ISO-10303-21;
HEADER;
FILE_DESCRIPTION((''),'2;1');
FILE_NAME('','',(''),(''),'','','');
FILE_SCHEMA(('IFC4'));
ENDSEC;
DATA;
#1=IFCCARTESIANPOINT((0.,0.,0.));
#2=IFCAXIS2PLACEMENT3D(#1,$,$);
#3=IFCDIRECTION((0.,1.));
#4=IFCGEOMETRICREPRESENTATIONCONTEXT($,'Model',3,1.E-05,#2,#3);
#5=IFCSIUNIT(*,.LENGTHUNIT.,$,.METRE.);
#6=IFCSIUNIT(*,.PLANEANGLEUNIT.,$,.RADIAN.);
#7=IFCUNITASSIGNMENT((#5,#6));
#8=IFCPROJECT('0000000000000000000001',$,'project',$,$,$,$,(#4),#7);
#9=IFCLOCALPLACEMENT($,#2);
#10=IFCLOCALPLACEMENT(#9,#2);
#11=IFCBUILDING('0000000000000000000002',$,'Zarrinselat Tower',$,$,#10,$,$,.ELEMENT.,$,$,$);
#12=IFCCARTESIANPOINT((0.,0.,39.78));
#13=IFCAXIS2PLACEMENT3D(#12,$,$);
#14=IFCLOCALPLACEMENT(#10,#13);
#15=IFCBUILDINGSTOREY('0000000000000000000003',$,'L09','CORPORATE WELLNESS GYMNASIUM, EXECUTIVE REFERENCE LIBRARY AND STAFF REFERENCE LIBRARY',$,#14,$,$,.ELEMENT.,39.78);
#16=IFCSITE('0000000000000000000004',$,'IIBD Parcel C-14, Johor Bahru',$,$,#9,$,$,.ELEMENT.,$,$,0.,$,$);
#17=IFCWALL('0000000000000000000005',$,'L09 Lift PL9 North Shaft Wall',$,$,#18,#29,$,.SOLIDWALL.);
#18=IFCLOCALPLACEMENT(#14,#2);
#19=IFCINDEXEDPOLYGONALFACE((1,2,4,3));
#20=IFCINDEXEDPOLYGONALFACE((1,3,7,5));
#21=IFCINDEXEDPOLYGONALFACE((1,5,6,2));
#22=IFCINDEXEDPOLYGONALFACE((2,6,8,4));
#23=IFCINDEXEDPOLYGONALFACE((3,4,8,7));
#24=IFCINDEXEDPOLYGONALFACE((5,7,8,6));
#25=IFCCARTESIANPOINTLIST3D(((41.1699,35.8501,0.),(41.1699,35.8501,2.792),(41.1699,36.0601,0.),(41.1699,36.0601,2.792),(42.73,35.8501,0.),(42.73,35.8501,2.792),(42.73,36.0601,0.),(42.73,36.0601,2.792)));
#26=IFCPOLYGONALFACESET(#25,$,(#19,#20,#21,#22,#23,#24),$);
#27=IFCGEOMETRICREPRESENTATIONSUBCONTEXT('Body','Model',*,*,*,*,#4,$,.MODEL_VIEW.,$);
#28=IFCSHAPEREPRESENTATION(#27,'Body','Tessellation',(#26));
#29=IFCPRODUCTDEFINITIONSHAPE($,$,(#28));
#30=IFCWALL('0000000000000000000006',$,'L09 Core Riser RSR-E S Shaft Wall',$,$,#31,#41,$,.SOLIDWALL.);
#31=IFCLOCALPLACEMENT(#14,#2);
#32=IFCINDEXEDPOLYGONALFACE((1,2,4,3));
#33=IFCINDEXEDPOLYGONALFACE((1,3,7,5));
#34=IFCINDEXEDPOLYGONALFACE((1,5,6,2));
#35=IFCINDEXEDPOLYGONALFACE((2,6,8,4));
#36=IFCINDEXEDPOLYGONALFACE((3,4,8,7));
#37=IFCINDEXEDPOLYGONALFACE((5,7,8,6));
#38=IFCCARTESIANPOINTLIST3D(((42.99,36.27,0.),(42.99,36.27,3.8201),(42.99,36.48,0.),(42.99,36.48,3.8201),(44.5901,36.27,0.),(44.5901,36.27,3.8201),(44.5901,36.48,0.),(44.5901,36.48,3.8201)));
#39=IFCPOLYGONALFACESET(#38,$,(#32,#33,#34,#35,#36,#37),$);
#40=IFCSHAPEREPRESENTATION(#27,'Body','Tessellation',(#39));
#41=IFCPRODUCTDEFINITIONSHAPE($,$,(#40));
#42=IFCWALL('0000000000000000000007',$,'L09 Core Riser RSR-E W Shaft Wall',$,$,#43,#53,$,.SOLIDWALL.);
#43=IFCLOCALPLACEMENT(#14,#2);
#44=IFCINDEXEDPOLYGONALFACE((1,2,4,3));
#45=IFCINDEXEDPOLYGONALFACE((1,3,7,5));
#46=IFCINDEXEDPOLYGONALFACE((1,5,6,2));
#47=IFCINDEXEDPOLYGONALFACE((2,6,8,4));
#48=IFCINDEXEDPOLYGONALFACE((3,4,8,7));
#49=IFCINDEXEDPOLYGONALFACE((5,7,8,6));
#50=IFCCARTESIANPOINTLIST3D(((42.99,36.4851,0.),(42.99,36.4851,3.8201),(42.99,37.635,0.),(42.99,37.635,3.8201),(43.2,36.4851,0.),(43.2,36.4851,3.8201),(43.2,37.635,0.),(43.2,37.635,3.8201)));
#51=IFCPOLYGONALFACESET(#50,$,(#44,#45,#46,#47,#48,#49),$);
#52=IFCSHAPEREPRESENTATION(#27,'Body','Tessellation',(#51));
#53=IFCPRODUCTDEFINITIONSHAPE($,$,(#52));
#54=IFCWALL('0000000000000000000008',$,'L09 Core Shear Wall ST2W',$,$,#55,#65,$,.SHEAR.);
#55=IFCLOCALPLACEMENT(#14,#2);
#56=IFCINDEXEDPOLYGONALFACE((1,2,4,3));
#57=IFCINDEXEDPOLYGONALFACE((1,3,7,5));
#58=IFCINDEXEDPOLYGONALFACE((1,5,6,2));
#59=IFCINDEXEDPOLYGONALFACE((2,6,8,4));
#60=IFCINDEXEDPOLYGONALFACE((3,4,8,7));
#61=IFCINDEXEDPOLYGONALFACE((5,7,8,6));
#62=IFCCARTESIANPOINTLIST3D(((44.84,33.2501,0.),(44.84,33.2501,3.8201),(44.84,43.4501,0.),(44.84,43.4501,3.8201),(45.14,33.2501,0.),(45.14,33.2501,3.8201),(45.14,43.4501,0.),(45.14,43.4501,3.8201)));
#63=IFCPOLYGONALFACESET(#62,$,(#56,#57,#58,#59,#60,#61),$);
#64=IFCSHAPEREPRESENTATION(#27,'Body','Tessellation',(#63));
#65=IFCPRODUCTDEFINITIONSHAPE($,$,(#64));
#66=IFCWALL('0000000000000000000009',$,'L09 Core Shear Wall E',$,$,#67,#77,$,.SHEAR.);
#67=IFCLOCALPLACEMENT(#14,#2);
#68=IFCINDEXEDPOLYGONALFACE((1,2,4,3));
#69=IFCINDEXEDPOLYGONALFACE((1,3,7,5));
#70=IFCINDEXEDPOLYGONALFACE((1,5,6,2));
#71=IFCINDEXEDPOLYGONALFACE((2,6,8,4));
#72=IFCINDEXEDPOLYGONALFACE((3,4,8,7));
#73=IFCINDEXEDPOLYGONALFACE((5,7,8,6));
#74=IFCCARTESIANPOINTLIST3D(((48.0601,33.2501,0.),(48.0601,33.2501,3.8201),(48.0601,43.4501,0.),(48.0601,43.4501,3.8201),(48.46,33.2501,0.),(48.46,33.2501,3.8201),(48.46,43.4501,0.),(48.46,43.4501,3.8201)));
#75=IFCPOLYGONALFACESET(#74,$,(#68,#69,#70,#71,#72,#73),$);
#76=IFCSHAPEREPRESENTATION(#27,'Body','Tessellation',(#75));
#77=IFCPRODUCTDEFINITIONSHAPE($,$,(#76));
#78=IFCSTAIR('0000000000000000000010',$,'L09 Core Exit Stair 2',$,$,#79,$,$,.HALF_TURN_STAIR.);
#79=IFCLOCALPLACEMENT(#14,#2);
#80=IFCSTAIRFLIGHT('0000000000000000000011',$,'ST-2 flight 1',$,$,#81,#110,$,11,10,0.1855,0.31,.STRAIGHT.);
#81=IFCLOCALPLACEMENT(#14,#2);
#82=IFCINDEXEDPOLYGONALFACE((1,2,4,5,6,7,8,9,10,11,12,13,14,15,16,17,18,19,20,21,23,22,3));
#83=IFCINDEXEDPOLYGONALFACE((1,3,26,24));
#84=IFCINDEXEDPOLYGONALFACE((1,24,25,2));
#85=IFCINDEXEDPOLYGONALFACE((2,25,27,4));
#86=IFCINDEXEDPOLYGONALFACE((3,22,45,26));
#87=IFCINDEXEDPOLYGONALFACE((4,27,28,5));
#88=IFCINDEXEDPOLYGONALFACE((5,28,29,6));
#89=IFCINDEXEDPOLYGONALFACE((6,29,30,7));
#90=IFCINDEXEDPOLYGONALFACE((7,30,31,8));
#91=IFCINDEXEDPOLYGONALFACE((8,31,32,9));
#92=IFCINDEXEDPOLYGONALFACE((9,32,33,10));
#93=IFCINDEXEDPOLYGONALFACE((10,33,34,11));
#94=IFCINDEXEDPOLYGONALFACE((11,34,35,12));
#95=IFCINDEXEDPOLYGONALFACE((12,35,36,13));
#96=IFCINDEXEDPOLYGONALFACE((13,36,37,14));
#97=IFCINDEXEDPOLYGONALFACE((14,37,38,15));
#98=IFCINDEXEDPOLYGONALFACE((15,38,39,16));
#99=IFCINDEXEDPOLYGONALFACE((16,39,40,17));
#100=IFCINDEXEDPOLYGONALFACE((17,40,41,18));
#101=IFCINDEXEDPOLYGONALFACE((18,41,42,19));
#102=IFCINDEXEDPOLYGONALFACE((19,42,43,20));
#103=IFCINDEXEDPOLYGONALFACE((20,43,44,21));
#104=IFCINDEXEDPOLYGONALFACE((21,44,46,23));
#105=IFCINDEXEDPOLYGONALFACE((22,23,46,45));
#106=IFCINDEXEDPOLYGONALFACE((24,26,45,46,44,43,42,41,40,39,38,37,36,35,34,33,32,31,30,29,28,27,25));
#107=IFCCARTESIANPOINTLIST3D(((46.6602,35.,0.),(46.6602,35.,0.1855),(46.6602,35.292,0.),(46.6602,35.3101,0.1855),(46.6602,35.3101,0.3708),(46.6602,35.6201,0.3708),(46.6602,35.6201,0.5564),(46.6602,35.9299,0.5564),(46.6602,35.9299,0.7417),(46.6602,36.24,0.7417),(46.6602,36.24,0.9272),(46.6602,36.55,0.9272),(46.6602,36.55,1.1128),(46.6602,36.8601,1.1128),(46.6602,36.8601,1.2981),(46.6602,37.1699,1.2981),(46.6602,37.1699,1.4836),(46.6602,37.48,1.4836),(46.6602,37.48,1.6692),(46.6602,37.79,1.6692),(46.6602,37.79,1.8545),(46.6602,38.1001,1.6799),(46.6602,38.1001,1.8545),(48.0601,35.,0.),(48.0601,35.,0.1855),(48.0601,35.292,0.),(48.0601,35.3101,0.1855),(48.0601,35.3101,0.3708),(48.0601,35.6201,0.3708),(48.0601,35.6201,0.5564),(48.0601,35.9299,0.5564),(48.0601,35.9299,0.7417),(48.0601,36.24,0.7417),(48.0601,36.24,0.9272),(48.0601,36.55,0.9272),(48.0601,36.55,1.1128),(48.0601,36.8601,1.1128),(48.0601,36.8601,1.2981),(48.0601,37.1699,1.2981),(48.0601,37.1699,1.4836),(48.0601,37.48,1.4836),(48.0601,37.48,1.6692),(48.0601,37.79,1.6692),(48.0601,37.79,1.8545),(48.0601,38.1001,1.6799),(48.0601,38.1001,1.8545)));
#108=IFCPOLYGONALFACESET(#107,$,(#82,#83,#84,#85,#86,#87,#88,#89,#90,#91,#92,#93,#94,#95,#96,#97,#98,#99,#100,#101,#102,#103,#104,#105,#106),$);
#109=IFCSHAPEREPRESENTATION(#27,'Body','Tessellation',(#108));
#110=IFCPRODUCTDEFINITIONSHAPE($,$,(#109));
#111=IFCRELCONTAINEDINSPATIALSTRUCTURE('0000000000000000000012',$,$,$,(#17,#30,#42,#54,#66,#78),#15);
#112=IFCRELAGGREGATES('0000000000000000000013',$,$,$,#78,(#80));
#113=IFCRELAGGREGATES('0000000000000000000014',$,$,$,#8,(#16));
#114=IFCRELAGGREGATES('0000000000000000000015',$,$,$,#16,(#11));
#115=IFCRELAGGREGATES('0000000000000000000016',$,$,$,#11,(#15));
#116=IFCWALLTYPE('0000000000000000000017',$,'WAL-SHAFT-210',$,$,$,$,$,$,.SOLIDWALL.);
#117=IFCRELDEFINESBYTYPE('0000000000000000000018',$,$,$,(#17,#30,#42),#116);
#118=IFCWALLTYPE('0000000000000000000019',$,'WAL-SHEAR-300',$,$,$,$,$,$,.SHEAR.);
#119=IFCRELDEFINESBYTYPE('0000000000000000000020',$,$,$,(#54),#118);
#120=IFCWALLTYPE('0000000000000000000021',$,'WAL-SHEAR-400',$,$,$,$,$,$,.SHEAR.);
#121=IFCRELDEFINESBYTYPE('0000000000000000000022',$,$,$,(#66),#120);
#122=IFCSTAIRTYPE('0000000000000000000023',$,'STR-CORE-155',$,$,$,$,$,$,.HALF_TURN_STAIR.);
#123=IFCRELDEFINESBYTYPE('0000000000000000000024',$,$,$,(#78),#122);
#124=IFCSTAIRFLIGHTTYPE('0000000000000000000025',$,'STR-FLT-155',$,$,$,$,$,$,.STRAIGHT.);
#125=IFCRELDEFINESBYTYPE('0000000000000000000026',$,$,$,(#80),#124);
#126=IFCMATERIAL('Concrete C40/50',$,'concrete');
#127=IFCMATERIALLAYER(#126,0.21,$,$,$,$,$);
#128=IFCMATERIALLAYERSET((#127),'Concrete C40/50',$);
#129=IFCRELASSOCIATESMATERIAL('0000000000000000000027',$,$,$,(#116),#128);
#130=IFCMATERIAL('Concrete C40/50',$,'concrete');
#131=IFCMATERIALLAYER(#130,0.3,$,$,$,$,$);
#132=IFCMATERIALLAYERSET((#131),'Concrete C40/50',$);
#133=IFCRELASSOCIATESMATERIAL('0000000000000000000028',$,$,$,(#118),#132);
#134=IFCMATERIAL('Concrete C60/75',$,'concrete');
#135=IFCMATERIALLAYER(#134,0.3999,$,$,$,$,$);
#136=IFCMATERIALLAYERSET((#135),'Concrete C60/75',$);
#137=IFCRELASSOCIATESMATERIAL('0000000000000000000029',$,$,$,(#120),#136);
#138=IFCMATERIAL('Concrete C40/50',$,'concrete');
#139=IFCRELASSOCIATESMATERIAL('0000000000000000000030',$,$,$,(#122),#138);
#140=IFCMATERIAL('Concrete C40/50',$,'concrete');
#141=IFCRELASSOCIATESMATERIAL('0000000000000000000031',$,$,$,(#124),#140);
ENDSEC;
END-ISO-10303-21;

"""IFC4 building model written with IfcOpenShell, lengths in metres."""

from ifc_helpers import new_model, si_unit, direction, frame, frame_2d, origin, place, context, subcontext, project, spatial, polyline, rectangle, outline, extrude, material, layer, layer_set, type_object, element, aggregate, save


model = new_model("IFC4")

# Units and contexts
model_context = context("Model", 3, precision=1e-05, world=origin(), true_north=direction((0.0, 1.0)))
body_context = subcontext(model_context, "Body", "Model", "MODEL_VIEW")
ifc_project = project(units=[si_unit("LENGTHUNIT", "METRE"), si_unit("PLANEANGLEUNIT", "RADIAN")], contexts=[model_context])

# Site, building, storey
site_placement = place(None, origin())
site = spatial("IfcSite", under=ifc_project, at=site_placement, Name="IIBD Parcel C-14, Johor Bahru", CompositionType="ELEMENT", RefElevation=0.0)
building_placement = place(site_placement, origin())
building = spatial("IfcBuilding", under=site, at=building_placement, Name="Zarrinselat Tower", CompositionType="ELEMENT")
storey_placement = place(building_placement, frame((0.0, 0.0, 39.78)))
storey = spatial("IfcBuildingStorey", under=building, at=storey_placement, Name="L09", Description="CORPORATE WELLNESS GYMNASIUM, EXECUTIVE REFERENCE LIBRARY AND STAFF REFERENCE LIBRARY", CompositionType="ELEMENT", Elevation=39.78)

# Walls
ifc_material_1 = material(Name="Concrete C40/50", Category="concrete")
ifc_layer_1 = layer(ifc_material_1, 0.21)
ifc_layer_set_1 = layer_set([ifc_layer_1], Name="Concrete C40/50")
wall_type_1 = type_object("IfcWallType", Name="WAL-SHAFT-210", PredefinedType="SOLIDWALL", material=ifc_layer_set_1)
wall_1_placement = place(storey_placement, frame((41.1699, 35.9551, 0.0), z_axis=(0.0, 0.0, 1.0), x_axis=(1.0, 0.0, 0.0)))
element("IfcWall", 1, at=wall_1_placement, inside=storey, type_object=wall_type_1, Name="L09 Lift PL9 North Shaft Wall", PredefinedType="SOLIDWALL", context=body_context, shape_type="SweptSolid", body=[
    extrude(rectangle(XDim=1.5601, YDim=0.21, at=frame_2d((0.78, 0.0))), origin(), (0.0, 0.0, 1.0), 2.792),
])
wall_2_placement = place(storey_placement, frame((42.99, 36.375, 0.0), z_axis=(0.0, 0.0, 1.0), x_axis=(1.0, 0.0, 0.0)))
element("IfcWall", 2, at=wall_2_placement, inside=storey, type_object=wall_type_1, Name="L09 Core Riser RSR-E S Shaft Wall", PredefinedType="SOLIDWALL", context=body_context, shape_type="SweptSolid", body=[
    extrude(rectangle(XDim=1.6001, YDim=0.21, at=frame_2d((0.8, 0.0))), origin(), (0.0, 0.0, 1.0), 3.8201),
])
wall_3_placement = place(storey_placement, frame((43.095, 36.4851, 0.0), z_axis=(0.0, 0.0, 1.0), x_axis=(0.0, 1.0, 0.0)))
element("IfcWall", 3, at=wall_3_placement, inside=storey, type_object=wall_type_1, Name="L09 Core Riser RSR-E W Shaft Wall", PredefinedType="SOLIDWALL", context=body_context, shape_type="SweptSolid", body=[
    extrude(rectangle(XDim=1.1499, YDim=0.21, at=frame_2d((0.575, 0.0))), origin(), (0.0, 0.0, 1.0), 3.8201),
])
ifc_material_2 = material(Name="Concrete C40/50", Category="concrete")
ifc_layer_2 = layer(ifc_material_2, 0.3)
ifc_layer_set_2 = layer_set([ifc_layer_2], Name="Concrete C40/50")
wall_type_2 = type_object("IfcWallType", Name="WAL-SHEAR-300", PredefinedType="SHEAR", material=ifc_layer_set_2)
wall_4_placement = place(storey_placement, frame((44.99, 33.25, 0.0), z_axis=(0.0, 0.0, 1.0), x_axis=(0.0, 1.0, 0.0)))
element("IfcWall", 4, at=wall_4_placement, inside=storey, type_object=wall_type_2, Name="L09 Core Shear Wall ST2W", PredefinedType="SHEAR", context=body_context, shape_type="SweptSolid", body=[
    extrude(rectangle(XDim=10.2, YDim=0.3, at=frame_2d((5.1001, 0.0))), origin(), (0.0, 0.0, 1.0), 3.8201),
])
ifc_material_3 = material(Name="Concrete C60/75", Category="concrete")
ifc_layer_3 = layer(ifc_material_3, 0.3999)
ifc_layer_set_3 = layer_set([ifc_layer_3], Name="Concrete C60/75")
wall_type_3 = type_object("IfcWallType", Name="WAL-SHEAR-400", PredefinedType="SHEAR", material=ifc_layer_set_3)
wall_5_placement = place(storey_placement, frame((48.26, 33.25, 0.0), z_axis=(0.0, 0.0, 1.0), x_axis=(0.0, 1.0, 0.0)))
element("IfcWall", 5, at=wall_5_placement, inside=storey, type_object=wall_type_3, Name="L09 Core Shear Wall E", PredefinedType="SHEAR", context=body_context, shape_type="SweptSolid", body=[
    extrude(rectangle(XDim=10.2, YDim=0.3999, at=frame_2d((5.1001, 0.0))), origin(), (0.0, 0.0, 1.0), 3.8201),
])

# Stair, stair flight
ifc_material_4 = material(Name="Concrete C40/50", Category="concrete")
stair_type = type_object("IfcStairType", Name="STR-CORE-155", PredefinedType="HALF_TURN_STAIR", material=ifc_material_4)
stair_placement = place(storey_placement, origin())
stair = element("IfcStair", 6, at=stair_placement, inside=storey, type_object=stair_type, Name="L09 Core Exit Stair 2", PredefinedType="HALF_TURN_STAIR")
ifc_material_5 = material(Name="Concrete C40/50", Category="concrete")
stair_flight_type = type_object("IfcStairFlightType", Name="STR-FLT-155", PredefinedType="STRAIGHT", material=ifc_material_5)
stair_flight_placement = place(storey_placement, frame((47.3601, 35.0, 0.0), z_axis=(0.0, 0.0, 1.0), x_axis=(0.0, 1.0, 0.0)))
stair_flight = element("IfcStairFlight", 7, at=stair_flight_placement, type_object=stair_flight_type, Name="ST-2 flight 1", NumberOfRisers=11, NumberOfTreads=10, PredefinedType="STRAIGHT", RiserHeight=0.1855, TreadLength=0.31, context=body_context, shape_type="SweptSolid", body=[
    extrude(outline(polyline([(0.0, 0.0), (0.0, 0.1855), (0.3101, 0.1855), (0.3101, 0.3708), (0.6201, 0.3708), (0.6201, 0.5564), (0.9299, 0.5564), (0.9299, 0.7417), (1.24, 0.7417), (1.24, 0.9272), (1.55, 0.9272), (1.55, 1.1128), (1.8601, 1.1128), (1.8601, 1.2981), (2.1699, 1.2981), (2.1699, 1.4836), (2.48, 1.4836), (2.48, 1.6692), (2.79, 1.6692), (2.79, 1.8545), (3.1001, 1.8545), (3.1001, 2.04), (3.1001, 1.6799), (0.292, 0.0), (0.0, 0.0)])), frame((0.0, 0.7, 0.0), z_axis=(0.0, -1.0, 0.0), x_axis=(1.0, 0.0, 0.0)), (0.0, 0.0, 1.0), 1.3999),
])
aggregate(stair, [stair_flight])

save(model, "model.ifc")
